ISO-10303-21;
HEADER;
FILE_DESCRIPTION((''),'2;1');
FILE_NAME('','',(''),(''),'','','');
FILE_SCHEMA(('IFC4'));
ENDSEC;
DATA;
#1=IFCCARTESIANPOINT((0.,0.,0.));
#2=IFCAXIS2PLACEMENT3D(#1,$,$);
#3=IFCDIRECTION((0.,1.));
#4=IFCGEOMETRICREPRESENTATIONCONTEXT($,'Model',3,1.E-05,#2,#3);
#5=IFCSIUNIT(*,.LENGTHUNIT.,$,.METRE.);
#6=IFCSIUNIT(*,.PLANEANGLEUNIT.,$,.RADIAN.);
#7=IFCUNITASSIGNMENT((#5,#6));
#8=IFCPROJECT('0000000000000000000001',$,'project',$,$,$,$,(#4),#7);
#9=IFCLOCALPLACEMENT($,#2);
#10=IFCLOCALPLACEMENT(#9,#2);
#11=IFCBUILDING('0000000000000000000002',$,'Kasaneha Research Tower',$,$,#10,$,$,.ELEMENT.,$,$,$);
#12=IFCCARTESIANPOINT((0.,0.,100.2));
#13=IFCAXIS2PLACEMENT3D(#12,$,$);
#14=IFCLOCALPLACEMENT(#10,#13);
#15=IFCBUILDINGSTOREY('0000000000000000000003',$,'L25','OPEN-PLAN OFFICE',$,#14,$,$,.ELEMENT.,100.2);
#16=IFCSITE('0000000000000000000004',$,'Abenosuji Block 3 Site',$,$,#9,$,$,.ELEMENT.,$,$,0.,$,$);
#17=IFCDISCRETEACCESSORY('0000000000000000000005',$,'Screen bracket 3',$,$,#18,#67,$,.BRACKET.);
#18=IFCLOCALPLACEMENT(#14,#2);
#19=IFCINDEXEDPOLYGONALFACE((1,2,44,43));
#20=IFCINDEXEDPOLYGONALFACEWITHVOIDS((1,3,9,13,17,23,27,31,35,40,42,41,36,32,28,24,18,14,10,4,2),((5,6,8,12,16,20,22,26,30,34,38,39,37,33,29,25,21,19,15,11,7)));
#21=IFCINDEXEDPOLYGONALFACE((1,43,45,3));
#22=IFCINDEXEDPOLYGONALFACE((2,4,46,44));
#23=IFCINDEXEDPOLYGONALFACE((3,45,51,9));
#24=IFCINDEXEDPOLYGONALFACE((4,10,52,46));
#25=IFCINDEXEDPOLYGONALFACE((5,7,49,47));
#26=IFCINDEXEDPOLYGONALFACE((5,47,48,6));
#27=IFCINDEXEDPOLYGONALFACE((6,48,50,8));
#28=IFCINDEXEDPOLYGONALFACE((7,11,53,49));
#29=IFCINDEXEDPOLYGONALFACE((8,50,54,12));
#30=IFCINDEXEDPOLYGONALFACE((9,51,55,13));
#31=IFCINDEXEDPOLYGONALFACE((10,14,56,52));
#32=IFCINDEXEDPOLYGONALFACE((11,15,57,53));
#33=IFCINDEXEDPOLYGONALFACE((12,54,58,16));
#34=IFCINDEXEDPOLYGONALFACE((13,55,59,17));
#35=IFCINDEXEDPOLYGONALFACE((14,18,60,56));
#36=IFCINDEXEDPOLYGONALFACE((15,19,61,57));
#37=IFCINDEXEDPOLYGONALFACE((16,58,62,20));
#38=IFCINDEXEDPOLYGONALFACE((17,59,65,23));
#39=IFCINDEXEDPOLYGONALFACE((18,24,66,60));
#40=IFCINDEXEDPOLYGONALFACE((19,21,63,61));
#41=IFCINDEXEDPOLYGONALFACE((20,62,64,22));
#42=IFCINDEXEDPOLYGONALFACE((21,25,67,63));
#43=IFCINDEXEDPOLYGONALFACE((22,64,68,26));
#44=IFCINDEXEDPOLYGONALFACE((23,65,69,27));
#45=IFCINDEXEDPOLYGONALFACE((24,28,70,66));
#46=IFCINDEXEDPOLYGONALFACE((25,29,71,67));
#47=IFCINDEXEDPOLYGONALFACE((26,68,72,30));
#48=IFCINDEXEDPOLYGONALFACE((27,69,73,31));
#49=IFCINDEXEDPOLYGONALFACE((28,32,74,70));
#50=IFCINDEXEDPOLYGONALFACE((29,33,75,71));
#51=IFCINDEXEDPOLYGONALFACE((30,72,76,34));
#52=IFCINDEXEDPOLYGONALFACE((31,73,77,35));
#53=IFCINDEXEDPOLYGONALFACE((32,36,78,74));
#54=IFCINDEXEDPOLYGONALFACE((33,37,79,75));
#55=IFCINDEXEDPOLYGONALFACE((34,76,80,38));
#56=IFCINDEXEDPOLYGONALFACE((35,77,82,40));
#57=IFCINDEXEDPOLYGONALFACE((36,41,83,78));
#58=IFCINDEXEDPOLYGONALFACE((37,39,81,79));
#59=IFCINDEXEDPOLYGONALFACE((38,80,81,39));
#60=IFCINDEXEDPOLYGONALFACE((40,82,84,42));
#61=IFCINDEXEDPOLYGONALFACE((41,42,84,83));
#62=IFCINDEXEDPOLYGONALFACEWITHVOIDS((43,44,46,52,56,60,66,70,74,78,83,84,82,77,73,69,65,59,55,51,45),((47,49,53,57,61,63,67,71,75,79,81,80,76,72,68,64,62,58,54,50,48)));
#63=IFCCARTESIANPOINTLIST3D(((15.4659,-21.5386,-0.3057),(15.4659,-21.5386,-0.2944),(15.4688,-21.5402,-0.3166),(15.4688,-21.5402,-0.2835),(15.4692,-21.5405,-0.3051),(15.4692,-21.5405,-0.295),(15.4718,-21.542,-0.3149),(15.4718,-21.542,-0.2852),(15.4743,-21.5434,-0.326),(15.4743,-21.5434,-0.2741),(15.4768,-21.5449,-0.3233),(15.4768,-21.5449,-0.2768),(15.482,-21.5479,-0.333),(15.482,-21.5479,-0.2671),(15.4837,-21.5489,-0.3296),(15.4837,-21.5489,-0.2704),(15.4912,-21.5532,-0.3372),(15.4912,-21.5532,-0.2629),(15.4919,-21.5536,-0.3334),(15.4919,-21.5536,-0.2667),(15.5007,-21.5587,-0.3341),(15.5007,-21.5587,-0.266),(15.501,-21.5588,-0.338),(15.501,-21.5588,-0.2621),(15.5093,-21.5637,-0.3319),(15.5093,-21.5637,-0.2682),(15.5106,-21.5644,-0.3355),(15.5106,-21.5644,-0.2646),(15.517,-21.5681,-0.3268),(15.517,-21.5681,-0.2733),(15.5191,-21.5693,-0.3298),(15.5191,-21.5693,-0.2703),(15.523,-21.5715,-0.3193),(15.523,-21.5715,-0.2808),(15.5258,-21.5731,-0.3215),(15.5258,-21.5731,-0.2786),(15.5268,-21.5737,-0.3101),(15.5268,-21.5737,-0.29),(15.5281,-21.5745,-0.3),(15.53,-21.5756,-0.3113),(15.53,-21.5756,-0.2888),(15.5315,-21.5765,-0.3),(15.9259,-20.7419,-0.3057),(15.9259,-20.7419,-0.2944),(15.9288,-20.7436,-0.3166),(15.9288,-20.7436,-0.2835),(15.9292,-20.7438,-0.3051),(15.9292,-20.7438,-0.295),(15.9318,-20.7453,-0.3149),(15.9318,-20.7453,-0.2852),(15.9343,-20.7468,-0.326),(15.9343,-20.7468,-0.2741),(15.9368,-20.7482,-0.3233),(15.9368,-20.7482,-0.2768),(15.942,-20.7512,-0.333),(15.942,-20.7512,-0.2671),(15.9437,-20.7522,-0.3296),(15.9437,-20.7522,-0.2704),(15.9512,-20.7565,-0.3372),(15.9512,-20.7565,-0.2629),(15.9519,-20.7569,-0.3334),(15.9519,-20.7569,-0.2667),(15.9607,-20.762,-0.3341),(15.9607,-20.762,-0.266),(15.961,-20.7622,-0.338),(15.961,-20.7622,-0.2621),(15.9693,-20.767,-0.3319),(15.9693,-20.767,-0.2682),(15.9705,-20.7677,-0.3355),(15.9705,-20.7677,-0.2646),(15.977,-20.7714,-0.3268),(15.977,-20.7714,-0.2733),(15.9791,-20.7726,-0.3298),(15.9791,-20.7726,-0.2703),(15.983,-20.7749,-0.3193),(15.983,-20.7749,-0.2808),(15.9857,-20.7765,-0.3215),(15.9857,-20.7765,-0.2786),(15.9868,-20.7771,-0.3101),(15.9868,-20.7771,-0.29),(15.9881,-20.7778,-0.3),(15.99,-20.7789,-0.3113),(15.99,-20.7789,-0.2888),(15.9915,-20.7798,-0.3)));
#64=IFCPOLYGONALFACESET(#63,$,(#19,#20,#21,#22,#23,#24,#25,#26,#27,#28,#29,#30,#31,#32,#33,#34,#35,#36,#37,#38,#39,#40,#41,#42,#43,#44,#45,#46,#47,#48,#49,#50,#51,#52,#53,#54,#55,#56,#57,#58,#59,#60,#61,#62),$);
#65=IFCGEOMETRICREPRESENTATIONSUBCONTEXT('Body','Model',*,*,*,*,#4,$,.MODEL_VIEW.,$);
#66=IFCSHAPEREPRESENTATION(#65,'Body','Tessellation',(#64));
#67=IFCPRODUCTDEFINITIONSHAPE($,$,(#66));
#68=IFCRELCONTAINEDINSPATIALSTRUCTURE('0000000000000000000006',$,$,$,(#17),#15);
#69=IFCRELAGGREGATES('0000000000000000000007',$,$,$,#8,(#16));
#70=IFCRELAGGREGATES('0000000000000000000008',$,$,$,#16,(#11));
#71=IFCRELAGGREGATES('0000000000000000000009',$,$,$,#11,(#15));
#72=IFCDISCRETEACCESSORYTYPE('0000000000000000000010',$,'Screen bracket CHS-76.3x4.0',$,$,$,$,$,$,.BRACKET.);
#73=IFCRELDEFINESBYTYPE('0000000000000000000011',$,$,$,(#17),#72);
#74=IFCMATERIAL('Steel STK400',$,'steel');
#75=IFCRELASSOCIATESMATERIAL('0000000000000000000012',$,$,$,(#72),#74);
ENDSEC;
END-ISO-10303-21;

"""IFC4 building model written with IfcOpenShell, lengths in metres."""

from ifc_helpers import new_model, si_unit, direction, frame, origin, origin_2d, place, context, subcontext, project, spatial, hollow_circle, extrude, material, material_profile, profile_set, type_object, element, save


model = new_model("IFC4")

# Units and contexts
model_context = context("Model", 3, precision=1e-05, world=origin(), true_north=direction((0.0, 1.0)))
body_context = subcontext(model_context, "Body", "Model", "MODEL_VIEW")
ifc_project = project(units=[si_unit("LENGTHUNIT", "METRE"), si_unit("PLANEANGLEUNIT", "RADIAN")], contexts=[model_context])

# Site, building, storey
site_placement = place(None, origin())
site = spatial("IfcSite", under=ifc_project, at=site_placement, Name="Abenosuji Block 3 Site", CompositionType="ELEMENT", RefElevation=0.0)
building_placement = place(site_placement, origin())
building = spatial("IfcBuilding", under=site, at=building_placement, Name="Kasaneha Research Tower", CompositionType="ELEMENT")
storey_placement = place(building_placement, frame((0.0, 0.0, 100.2)))
storey = spatial("IfcBuildingStorey", under=building, at=storey_placement, Name="L25", Description="OPEN-PLAN OFFICE", CompositionType="ELEMENT", Elevation=100.2)

# Discrete accessory
ifc_material_1 = material(Name="Steel STK400", Category="steel")
ifc_material_profile_1 = material_profile(ifc_material_1, hollow_circle(Radius=0.0381, WallThickness=0.0039, at=origin_2d()), Name="CHS-76.3x4.0")
ifc_profile_set_1 = profile_set([ifc_material_profile_1], Name="Steel STK400")
discrete_accessory_type = type_object("IfcDiscreteAccessoryType", Name="Screen bracket CHS-76.3x4.0", PredefinedType="BRACKET", material=ifc_profile_set_1)
discrete_accessory_1_placement = place(storey_placement, frame((15.9585, -20.7607, -0.3), z_axis=(-0.500021, -0.866013, 0.0), x_axis=(0.866013, -0.500021, 0.0)))
element("IfcDiscreteAccessory", 1, at=discrete_accessory_1_placement, inside=storey, type_object=discrete_accessory_type, Name="Screen bracket 3", PredefinedType="BRACKET", context=body_context, shape_type="SweptSolid", body=[
    extrude(hollow_circle(Radius=0.0381, WallThickness=0.0039, at=origin_2d()), origin(), (0.0, 0.0, 1.0), 0.9199),
])

save(model, "model.ifc")
